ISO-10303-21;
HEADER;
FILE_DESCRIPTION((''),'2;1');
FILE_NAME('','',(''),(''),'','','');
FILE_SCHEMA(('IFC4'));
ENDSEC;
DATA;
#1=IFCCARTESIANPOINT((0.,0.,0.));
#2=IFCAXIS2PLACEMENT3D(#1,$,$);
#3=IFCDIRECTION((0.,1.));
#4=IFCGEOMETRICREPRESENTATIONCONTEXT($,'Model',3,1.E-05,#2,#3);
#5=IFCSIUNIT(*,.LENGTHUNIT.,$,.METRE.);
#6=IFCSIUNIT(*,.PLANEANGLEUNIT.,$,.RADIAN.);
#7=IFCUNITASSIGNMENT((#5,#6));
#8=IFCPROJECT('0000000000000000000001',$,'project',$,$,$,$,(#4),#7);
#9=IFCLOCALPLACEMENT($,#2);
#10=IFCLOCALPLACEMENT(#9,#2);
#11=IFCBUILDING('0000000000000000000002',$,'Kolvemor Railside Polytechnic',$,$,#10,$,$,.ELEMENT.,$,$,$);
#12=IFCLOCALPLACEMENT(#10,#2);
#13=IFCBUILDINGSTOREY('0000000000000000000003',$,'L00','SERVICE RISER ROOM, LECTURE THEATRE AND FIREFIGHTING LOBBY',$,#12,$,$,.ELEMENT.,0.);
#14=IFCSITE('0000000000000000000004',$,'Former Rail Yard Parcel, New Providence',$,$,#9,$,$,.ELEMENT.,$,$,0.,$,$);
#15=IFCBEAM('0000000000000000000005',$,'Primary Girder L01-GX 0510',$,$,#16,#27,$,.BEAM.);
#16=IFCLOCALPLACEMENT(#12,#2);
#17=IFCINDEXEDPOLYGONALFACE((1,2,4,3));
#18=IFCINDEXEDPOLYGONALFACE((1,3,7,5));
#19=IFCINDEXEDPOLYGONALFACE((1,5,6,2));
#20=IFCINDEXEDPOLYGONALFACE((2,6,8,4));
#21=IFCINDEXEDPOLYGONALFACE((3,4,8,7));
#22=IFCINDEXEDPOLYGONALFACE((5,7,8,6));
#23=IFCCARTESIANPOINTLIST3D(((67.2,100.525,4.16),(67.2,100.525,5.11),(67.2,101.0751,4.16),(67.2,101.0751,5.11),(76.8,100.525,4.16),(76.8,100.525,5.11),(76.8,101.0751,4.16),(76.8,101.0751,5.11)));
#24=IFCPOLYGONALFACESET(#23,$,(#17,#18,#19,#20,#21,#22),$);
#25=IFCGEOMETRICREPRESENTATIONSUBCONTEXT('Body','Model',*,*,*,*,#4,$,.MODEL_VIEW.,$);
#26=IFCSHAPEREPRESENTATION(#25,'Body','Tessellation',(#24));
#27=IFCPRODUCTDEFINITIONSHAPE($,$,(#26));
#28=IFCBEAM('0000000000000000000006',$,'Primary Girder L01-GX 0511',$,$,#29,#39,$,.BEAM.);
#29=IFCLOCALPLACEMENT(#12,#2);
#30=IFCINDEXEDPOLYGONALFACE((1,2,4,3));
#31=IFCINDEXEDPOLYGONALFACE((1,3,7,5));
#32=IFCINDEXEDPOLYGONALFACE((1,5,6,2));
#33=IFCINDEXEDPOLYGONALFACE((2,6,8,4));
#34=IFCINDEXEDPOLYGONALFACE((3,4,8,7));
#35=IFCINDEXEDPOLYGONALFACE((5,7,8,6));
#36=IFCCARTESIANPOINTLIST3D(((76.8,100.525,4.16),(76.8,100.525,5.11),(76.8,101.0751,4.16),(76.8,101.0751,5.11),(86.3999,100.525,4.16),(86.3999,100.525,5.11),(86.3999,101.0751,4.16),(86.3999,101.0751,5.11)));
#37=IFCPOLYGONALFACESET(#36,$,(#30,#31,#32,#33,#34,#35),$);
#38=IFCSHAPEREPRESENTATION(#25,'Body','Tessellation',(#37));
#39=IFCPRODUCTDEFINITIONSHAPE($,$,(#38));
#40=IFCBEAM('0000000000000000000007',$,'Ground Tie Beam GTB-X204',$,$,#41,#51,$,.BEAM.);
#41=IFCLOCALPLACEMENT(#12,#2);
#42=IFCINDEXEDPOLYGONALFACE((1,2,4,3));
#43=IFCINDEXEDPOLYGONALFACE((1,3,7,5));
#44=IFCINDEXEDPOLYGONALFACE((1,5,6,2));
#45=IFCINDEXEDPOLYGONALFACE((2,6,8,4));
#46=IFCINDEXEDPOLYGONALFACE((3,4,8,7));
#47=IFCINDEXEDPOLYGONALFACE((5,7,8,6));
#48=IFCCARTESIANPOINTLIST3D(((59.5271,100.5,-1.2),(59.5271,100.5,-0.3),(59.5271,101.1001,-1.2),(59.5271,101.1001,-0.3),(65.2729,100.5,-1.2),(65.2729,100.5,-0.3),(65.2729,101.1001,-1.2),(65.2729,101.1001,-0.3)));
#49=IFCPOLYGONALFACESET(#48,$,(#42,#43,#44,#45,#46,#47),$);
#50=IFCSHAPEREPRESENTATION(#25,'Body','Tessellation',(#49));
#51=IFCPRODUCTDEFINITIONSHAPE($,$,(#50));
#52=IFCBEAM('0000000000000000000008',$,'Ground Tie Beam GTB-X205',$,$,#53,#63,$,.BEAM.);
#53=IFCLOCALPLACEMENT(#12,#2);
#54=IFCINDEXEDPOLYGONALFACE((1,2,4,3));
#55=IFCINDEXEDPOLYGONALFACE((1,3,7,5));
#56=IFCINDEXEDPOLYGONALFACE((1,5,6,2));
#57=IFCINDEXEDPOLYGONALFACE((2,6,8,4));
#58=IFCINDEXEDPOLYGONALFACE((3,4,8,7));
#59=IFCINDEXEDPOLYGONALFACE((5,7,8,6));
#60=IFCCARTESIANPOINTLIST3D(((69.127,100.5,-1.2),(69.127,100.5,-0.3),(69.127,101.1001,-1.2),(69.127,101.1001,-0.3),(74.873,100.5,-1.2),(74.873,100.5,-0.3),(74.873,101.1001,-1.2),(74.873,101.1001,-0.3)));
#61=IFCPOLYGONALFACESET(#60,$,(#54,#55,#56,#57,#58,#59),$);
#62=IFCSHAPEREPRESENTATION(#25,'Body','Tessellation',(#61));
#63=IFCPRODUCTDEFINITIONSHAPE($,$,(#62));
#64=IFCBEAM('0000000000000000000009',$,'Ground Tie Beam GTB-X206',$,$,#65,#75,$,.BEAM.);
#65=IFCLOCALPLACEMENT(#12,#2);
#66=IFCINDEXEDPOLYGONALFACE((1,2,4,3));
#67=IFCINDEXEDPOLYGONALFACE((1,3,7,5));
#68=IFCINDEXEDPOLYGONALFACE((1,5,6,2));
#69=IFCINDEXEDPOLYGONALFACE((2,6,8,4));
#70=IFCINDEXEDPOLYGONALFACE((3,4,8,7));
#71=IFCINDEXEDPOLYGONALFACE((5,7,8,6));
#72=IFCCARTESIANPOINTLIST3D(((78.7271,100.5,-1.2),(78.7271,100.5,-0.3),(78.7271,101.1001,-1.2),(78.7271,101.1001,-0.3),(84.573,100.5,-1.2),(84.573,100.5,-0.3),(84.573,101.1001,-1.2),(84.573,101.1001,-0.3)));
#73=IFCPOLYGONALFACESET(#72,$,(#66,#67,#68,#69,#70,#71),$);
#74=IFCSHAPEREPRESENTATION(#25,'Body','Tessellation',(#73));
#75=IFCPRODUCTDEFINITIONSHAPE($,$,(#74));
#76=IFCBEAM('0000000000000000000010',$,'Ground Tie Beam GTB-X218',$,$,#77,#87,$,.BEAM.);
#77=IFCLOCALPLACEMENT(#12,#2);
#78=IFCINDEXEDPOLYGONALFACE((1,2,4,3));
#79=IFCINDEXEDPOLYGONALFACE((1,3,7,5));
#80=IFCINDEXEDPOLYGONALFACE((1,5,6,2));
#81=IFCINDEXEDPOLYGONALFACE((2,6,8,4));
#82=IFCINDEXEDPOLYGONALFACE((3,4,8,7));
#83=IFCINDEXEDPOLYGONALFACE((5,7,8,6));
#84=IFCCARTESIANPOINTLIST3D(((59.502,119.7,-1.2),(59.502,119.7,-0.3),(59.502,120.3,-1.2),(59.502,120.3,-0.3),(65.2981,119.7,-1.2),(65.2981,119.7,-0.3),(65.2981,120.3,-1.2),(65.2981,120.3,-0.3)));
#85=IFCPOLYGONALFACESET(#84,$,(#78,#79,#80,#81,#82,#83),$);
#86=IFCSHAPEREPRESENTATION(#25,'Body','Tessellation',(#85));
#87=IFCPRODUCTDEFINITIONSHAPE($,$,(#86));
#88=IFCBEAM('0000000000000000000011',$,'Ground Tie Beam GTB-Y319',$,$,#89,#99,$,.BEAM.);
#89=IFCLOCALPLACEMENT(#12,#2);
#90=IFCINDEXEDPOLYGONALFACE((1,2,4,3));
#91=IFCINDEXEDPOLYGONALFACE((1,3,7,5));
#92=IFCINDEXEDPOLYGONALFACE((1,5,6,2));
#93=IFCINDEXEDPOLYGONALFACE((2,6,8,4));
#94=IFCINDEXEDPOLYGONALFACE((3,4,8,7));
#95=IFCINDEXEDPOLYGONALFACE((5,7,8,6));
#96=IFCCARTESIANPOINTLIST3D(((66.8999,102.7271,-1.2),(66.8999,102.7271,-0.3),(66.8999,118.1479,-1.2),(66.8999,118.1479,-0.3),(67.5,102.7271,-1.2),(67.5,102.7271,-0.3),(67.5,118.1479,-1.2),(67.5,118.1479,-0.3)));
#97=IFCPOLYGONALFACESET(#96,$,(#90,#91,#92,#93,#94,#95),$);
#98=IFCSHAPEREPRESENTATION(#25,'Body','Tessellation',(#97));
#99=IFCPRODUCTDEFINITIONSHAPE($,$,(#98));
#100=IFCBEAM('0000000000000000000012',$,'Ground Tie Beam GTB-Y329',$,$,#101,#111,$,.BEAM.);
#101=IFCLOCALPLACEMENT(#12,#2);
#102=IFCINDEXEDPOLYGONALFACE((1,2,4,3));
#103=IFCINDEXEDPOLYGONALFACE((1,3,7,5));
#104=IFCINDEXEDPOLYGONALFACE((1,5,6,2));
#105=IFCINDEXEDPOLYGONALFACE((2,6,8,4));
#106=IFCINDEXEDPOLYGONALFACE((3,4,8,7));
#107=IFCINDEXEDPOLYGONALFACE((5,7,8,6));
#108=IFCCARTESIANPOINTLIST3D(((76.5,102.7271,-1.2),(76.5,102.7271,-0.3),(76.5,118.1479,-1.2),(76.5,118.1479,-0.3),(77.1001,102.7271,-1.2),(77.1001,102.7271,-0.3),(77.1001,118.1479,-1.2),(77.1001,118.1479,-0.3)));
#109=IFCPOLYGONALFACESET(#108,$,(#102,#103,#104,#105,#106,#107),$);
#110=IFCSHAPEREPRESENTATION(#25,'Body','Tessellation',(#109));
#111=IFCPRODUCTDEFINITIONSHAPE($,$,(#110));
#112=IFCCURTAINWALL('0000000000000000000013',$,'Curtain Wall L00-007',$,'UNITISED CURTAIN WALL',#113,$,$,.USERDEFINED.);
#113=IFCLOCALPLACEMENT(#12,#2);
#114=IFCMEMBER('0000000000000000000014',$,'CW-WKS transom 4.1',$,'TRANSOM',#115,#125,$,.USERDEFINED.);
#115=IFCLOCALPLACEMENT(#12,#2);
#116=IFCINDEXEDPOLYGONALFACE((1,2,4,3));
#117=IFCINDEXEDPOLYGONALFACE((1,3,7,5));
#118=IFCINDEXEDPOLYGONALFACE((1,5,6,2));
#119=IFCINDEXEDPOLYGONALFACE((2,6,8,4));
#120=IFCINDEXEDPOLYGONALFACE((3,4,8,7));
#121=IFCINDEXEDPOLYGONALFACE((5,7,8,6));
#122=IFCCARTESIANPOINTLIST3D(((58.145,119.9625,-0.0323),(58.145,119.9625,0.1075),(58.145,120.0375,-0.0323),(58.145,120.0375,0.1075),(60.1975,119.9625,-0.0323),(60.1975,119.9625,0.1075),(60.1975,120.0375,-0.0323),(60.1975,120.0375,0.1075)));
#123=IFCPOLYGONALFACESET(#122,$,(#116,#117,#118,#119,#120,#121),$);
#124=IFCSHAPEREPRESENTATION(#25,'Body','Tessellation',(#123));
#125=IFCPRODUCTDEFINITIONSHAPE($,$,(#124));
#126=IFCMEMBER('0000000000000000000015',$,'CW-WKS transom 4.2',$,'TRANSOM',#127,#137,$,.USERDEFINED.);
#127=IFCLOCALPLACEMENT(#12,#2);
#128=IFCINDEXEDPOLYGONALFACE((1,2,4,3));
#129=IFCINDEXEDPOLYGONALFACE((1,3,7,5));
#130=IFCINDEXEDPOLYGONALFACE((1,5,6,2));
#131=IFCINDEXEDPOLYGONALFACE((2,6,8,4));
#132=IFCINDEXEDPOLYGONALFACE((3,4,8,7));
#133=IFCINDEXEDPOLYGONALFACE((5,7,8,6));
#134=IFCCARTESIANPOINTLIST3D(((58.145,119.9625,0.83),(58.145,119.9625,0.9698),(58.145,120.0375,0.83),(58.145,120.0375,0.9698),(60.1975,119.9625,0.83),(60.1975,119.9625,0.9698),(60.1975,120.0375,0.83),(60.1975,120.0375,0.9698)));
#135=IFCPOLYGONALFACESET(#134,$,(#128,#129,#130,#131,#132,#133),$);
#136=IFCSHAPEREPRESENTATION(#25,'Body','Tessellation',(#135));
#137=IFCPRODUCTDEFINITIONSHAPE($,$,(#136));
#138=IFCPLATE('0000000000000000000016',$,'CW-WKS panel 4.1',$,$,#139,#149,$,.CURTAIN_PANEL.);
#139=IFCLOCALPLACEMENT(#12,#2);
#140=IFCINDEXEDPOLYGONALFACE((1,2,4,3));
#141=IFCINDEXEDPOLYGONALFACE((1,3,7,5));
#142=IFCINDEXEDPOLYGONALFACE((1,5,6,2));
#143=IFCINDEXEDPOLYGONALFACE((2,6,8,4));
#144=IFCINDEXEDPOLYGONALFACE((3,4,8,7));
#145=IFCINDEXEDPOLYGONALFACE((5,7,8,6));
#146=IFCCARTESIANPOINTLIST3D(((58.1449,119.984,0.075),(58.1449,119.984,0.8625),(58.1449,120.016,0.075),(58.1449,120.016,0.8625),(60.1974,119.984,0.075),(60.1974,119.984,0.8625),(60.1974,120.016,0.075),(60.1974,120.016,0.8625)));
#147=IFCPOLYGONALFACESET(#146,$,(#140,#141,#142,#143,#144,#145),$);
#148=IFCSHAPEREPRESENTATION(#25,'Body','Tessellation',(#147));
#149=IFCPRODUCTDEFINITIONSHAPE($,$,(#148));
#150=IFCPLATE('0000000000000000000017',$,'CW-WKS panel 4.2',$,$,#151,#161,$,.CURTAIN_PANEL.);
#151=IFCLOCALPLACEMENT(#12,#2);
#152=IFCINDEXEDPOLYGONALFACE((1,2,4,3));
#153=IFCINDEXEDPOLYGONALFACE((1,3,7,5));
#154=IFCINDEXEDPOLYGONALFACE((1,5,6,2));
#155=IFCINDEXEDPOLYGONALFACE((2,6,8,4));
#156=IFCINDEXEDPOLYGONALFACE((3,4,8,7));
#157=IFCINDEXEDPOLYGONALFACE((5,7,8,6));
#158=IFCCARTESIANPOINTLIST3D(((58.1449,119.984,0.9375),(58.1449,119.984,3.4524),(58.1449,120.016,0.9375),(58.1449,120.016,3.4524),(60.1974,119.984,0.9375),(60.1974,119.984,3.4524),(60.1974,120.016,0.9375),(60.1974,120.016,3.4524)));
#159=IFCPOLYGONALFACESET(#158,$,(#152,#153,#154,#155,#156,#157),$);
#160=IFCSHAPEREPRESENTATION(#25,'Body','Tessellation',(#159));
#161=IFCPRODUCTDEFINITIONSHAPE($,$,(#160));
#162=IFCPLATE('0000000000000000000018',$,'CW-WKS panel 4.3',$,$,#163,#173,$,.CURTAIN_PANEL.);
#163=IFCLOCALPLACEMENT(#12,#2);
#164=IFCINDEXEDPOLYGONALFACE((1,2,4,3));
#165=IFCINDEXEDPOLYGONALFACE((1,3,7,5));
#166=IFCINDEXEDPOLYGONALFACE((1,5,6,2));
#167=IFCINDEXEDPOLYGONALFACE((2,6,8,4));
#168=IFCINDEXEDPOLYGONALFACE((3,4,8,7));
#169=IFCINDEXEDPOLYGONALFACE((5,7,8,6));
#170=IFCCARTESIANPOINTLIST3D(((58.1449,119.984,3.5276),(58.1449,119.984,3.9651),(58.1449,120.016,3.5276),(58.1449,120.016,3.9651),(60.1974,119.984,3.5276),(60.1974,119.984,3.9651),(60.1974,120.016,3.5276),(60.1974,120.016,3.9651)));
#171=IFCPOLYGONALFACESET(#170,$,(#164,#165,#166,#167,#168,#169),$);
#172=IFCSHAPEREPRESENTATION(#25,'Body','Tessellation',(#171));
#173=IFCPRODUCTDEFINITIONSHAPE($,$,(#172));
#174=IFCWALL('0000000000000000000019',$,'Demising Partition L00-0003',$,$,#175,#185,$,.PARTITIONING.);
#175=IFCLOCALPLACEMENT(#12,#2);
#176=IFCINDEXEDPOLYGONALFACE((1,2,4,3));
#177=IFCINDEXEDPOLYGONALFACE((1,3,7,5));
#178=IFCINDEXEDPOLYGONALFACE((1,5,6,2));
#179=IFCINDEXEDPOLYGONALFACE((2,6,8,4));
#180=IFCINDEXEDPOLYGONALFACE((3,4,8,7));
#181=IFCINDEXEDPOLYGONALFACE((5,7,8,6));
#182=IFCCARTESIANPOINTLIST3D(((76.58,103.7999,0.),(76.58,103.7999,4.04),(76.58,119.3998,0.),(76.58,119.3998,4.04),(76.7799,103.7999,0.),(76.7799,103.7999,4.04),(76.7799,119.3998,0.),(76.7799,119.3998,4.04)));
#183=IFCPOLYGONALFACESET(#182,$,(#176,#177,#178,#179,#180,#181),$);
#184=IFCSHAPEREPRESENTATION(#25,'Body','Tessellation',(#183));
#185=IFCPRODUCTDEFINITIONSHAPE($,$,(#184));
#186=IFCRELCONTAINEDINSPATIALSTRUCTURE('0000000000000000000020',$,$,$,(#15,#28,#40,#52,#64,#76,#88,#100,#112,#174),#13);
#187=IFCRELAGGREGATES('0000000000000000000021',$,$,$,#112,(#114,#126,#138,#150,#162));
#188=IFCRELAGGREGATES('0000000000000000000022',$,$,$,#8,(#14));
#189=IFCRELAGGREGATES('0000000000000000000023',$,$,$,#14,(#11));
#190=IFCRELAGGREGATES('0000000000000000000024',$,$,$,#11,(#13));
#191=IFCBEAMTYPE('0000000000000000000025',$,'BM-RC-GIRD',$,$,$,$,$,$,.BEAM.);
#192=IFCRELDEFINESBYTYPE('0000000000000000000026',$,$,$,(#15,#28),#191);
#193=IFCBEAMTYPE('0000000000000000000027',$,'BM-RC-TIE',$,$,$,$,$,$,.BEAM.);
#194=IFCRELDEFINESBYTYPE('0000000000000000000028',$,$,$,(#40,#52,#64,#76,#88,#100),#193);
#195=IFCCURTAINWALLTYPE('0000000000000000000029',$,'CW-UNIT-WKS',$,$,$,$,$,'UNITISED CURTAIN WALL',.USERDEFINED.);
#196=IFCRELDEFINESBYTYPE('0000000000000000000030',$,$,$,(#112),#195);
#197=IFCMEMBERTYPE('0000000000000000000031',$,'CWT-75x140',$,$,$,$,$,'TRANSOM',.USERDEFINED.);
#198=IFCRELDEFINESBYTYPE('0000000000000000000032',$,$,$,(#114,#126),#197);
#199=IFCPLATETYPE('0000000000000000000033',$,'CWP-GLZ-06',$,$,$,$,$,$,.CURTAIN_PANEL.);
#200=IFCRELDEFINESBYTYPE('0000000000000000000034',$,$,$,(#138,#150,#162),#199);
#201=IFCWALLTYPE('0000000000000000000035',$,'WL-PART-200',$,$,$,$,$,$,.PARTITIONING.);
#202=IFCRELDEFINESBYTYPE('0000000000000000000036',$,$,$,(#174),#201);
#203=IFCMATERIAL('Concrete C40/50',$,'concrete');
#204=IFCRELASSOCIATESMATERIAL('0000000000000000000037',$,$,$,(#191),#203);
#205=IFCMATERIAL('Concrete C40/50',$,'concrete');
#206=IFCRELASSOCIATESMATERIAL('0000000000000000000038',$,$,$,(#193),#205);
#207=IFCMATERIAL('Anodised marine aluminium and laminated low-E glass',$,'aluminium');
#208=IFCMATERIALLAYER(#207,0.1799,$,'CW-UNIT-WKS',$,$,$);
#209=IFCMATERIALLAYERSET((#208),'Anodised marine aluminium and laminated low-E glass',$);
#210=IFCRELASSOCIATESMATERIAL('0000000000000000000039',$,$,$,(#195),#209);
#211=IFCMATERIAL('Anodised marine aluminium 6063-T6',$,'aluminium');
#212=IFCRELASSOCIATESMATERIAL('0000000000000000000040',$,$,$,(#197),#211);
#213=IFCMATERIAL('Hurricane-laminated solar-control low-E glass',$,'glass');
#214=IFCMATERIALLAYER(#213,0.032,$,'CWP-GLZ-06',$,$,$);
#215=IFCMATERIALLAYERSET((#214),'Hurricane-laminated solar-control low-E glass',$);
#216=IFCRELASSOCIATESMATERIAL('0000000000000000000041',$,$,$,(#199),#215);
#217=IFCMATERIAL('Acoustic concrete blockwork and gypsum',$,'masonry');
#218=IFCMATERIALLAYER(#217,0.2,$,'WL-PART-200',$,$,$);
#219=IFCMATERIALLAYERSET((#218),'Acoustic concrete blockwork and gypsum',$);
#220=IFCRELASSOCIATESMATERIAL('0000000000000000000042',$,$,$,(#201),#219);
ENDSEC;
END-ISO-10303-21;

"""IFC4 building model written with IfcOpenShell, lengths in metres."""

from ifc_helpers import new_model, si_unit, direction, frame, frame_2d, origin, origin_2d, place, context, subcontext, project, spatial, rectangle, extrude, material, layer, layer_set, material_profile, profile_set, type_object, element, aggregate, save


model = new_model("IFC4")

# Units and contexts
model_context = context("Model", 3, precision=1e-05, world=origin(), true_north=direction((0.0, 1.0)))
body_context = subcontext(model_context, "Body", "Model", "MODEL_VIEW")
ifc_project = project(units=[si_unit("LENGTHUNIT", "METRE"), si_unit("PLANEANGLEUNIT", "RADIAN")], contexts=[model_context])

# Site, building, storey
site_placement = place(None, origin())
site = spatial("IfcSite", under=ifc_project, at=site_placement, Name="Former Rail Yard Parcel, New Providence", CompositionType="ELEMENT", RefElevation=0.0)
building_placement = place(site_placement, origin())
building = spatial("IfcBuilding", under=site, at=building_placement, Name="Kolvemor Railside Polytechnic", CompositionType="ELEMENT")
storey_placement = place(building_placement, origin())
storey = spatial("IfcBuildingStorey", under=building, at=storey_placement, Name="L00", Description="SERVICE RISER ROOM, LECTURE THEATRE AND FIREFIGHTING LOBBY", CompositionType="ELEMENT", Elevation=0.0)

# Beams
ifc_material_1 = material(Name="Concrete C40/50", Category="concrete")
ifc_material_profile_1 = material_profile(ifc_material_1, rectangle(XDim=0.55, YDim=0.95, at=origin_2d()), Name="RC550x950")
ifc_profile_set_1 = profile_set([ifc_material_profile_1], Name="Concrete C40/50")
beam_type_1 = type_object("IfcBeamType", Name="BM-RC-GIRD", PredefinedType="BEAM", material=ifc_profile_set_1)
beam_1_placement = place(storey_placement, frame((67.2, 100.8, 4.635), z_axis=(1.0, 0.0, 0.0), x_axis=(0.0, 1.0, 0.0)))
element("IfcBeam", 1, at=beam_1_placement, inside=storey, type_object=beam_type_1, Name="Primary Girder L01-GX 0510", PredefinedType="BEAM", context=body_context, shape_type="SweptSolid", body=[
    extrude(rectangle(XDim=0.55, YDim=0.95, at=origin_2d()), origin(), (0.0, 0.0, 1.0), 9.6001),
])
beam_2_placement = place(storey_placement, frame((76.8, 100.8, 4.635), z_axis=(1.0, 0.0, 0.0), x_axis=(0.0, 1.0, 0.0)))
element("IfcBeam", 2, at=beam_2_placement, inside=storey, type_object=beam_type_1, Name="Primary Girder L01-GX 0511", PredefinedType="BEAM", context=body_context, shape_type="SweptSolid", body=[
    extrude(rectangle(XDim=0.55, YDim=0.95, at=origin_2d()), origin(), (0.0, 0.0, 1.0), 9.5999),
])
ifc_material_2 = material(Name="Concrete C40/50", Category="concrete")
ifc_material_profile_2 = material_profile(ifc_material_2, rectangle(XDim=0.6001, YDim=0.8999, at=origin_2d()), Name="RC600x900")
ifc_profile_set_2 = profile_set([ifc_material_profile_2], Name="Concrete C40/50")
beam_type_2 = type_object("IfcBeamType", Name="BM-RC-TIE", PredefinedType="BEAM", material=ifc_profile_set_2)
beam_3_placement = place(storey_placement, frame((59.5271, 100.8, -0.75), z_axis=(1.0, 0.0, 0.0), x_axis=(0.0, 1.0, 0.0)))
element("IfcBeam", 3, at=beam_3_placement, inside=storey, type_object=beam_type_2, Name="Ground Tie Beam GTB-X204", PredefinedType="BEAM", context=body_context, shape_type="SweptSolid", body=[
    extrude(rectangle(XDim=0.6001, YDim=0.8999, at=origin_2d()), origin(), (0.0, 0.0, 1.0), 5.7458),
])
beam_4_placement = place(storey_placement, frame((69.127, 100.8, -0.75), z_axis=(1.0, 0.0, 0.0), x_axis=(0.0, 1.0, 0.0)))
element("IfcBeam", 4, at=beam_4_placement, inside=storey, type_object=beam_type_2, Name="Ground Tie Beam GTB-X205", PredefinedType="BEAM", context=body_context, shape_type="SweptSolid", body=[
    extrude(rectangle(XDim=0.6001, YDim=0.8999, at=origin_2d()), origin(), (0.0, 0.0, 1.0), 5.7461),
])
beam_5_placement = place(storey_placement, frame((78.7271, 100.8, -0.75), z_axis=(1.0, 0.0, 0.0), x_axis=(0.0, 1.0, 0.0)))
element("IfcBeam", 5, at=beam_5_placement, inside=storey, type_object=beam_type_2, Name="Ground Tie Beam GTB-X206", PredefinedType="BEAM", context=body_context, shape_type="SweptSolid", body=[
    extrude(rectangle(XDim=0.6001, YDim=0.8999, at=origin_2d()), origin(), (0.0, 0.0, 1.0), 5.8459),
])
beam_6_placement = place(storey_placement, frame((59.502, 120.0, -0.75), z_axis=(1.0, 0.0, 0.0), x_axis=(0.0, 1.0, 0.0)))
element("IfcBeam", 6, at=beam_6_placement, inside=storey, type_object=beam_type_2, Name="Ground Tie Beam GTB-X218", PredefinedType="BEAM", context=body_context, shape_type="SweptSolid", body=[
    extrude(rectangle(XDim=0.6001, YDim=0.8999, at=origin_2d()), origin(), (0.0, 0.0, 1.0), 5.7961),
])
for number, where, z_axis, x_axis, name in (
    (7, (67.2, 102.7271, -0.75), (0.0, 1.0, 0.0), (-1.0, 0.0, 0.0), "Ground Tie Beam GTB-Y319"),
    (8, (76.8, 102.7271, -0.75), (0.0, 1.0, 0.0), (-1.0, 0.0, 0.0), "Ground Tie Beam GTB-Y329"),
):
    element("IfcBeam", number, at=place(storey_placement, frame(where, z_axis=z_axis, x_axis=x_axis)), inside=storey, type_object=beam_type_2, Name=name, PredefinedType="BEAM", context=body_context, shape_type="SweptSolid", body=[
        extrude(rectangle(XDim=0.6001, YDim=0.8999, at=origin_2d()), origin(), (0.0, 0.0, 1.0), 15.4209),
    ])

# Curtain wall, members, plates
ifc_material_3 = material(Name="Anodised marine aluminium and laminated low-E glass", Category="aluminium")
ifc_layer_1 = layer(ifc_material_3, 0.1799, Name="CW-UNIT-WKS")
ifc_layer_set_1 = layer_set([ifc_layer_1], Name="Anodised marine aluminium and laminated low-E glass")
curtain_wall_type = type_object("IfcCurtainWallType", Name="CW-UNIT-WKS", ElementType="UNITISED CURTAIN WALL", PredefinedType="USERDEFINED", material=ifc_layer_set_1)
curtain_wall_placement = place(storey_placement, origin())
curtain_wall = element("IfcCurtainWall", 9, at=curtain_wall_placement, inside=storey, type_object=curtain_wall_type, Name="Curtain Wall L00-007", ObjectType="UNITISED CURTAIN WALL", PredefinedType="USERDEFINED")
ifc_material_4 = material(Name="Anodised marine aluminium 6063-T6", Category="aluminium")
ifc_material_profile_3 = material_profile(ifc_material_4, rectangle(XDim=0.075, YDim=0.1399, at=origin_2d()), Name="CW-TRN-75x140")
ifc_profile_set_3 = profile_set([ifc_material_profile_3], Name="Anodised marine aluminium 6063-T6")
member_type = type_object("IfcMemberType", Name="CWT-75x140", ElementType="TRANSOM", PredefinedType="USERDEFINED", material=ifc_profile_set_3)
member_1_placement = place(storey_placement, frame((60.1975, 120.0, 0.0376), z_axis=(-1.0, 0.0, 0.0), x_axis=(0.0, -1.0, 0.0)))
member_1 = element("IfcMember", 10, at=member_1_placement, type_object=member_type, Name="CW-WKS transom 4.1", ObjectType="TRANSOM", PredefinedType="USERDEFINED", context=body_context, shape_type="SweptSolid", body=[
    extrude(rectangle(XDim=0.075, YDim=0.1399, at=origin_2d()), origin(), (0.0, 0.0, 1.0), 2.0525),
])
member_2_placement = place(storey_placement, frame((60.1975, 120.0, 0.8999), z_axis=(-1.0, 0.0, 0.0), x_axis=(0.0, -1.0, 0.0)))
member_2 = element("IfcMember", 11, at=member_2_placement, type_object=member_type, Name="CW-WKS transom 4.2", ObjectType="TRANSOM", PredefinedType="USERDEFINED", context=body_context, shape_type="SweptSolid", body=[
    extrude(rectangle(XDim=0.075, YDim=0.1399, at=origin_2d()), origin(), (0.0, 0.0, 1.0), 2.0525),
])
ifc_material_5 = material(Name="Hurricane-laminated solar-control low-E glass", Category="glass")
ifc_layer_2 = layer(ifc_material_5, 0.032, Name="CWP-GLZ-06")
ifc_layer_set_2 = layer_set([ifc_layer_2], Name="Hurricane-laminated solar-control low-E glass")
plate_type = type_object("IfcPlateType", Name="CWP-GLZ-06", PredefinedType="CURTAIN_PANEL", material=ifc_layer_set_2)
plate_1_placement = place(storey_placement, frame((59.1711, 120.0, 0.075), z_axis=(0.0, 0.0, 1.0), x_axis=(-1.0, 0.0, 0.0)))
plate_1 = element("IfcPlate", 12, at=plate_1_placement, type_object=plate_type, Name="CW-WKS panel 4.1", PredefinedType="CURTAIN_PANEL", context=body_context, shape_type="SweptSolid", body=[
    extrude(rectangle(XDim=2.0525, YDim=0.032, at=origin_2d()), origin(), (0.0, 0.0, 1.0), 0.7876),
])
plate_2_placement = place(storey_placement, frame((59.1711, 120.0, 0.9375), z_axis=(0.0, 0.0, 1.0), x_axis=(-1.0, 0.0, 0.0)))
plate_2 = element("IfcPlate", 13, at=plate_2_placement, type_object=plate_type, Name="CW-WKS panel 4.2", PredefinedType="CURTAIN_PANEL", context=body_context, shape_type="SweptSolid", body=[
    extrude(rectangle(XDim=2.0525, YDim=0.032, at=origin_2d()), origin(), (0.0, 0.0, 1.0), 2.5149),
])
plate_3_placement = place(storey_placement, frame((59.1711, 120.0, 3.5276), z_axis=(0.0, 0.0, 1.0), x_axis=(-1.0, 0.0, 0.0)))
plate_3 = element("IfcPlate", 14, at=plate_3_placement, type_object=plate_type, Name="CW-WKS panel 4.3", PredefinedType="CURTAIN_PANEL", context=body_context, shape_type="SweptSolid", body=[
    extrude(rectangle(XDim=2.0525, YDim=0.032, at=origin_2d()), origin(), (0.0, 0.0, 1.0), 0.4375),
])
aggregate(curtain_wall, [member_1, member_2, plate_1, plate_2, plate_3])

# Wall
ifc_material_6 = material(Name="Acoustic concrete blockwork and gypsum", Category="masonry")
ifc_layer_3 = layer(ifc_material_6, 0.2, Name="WL-PART-200")
ifc_layer_set_3 = layer_set([ifc_layer_3], Name="Acoustic concrete blockwork and gypsum")
wall_type = type_object("IfcWallType", Name="WL-PART-200", PredefinedType="PARTITIONING", material=ifc_layer_set_3)
wall_1_placement = place(storey_placement, frame((76.6799, 103.8, 0.0), z_axis=(0.0, 0.0, 1.0), x_axis=(0.0, 1.0, 0.0)))
element("IfcWall", 15, at=wall_1_placement, inside=storey, type_object=wall_type, Name="Demising Partition L00-0003", PredefinedType="PARTITIONING", context=body_context, shape_type="SweptSolid", body=[
    extrude(rectangle(XDim=15.5999, YDim=0.2, at=frame_2d((7.7998, 0.0))), origin(), (0.0, 0.0, 1.0), 4.04),
])

save(model, "model.ifc")
